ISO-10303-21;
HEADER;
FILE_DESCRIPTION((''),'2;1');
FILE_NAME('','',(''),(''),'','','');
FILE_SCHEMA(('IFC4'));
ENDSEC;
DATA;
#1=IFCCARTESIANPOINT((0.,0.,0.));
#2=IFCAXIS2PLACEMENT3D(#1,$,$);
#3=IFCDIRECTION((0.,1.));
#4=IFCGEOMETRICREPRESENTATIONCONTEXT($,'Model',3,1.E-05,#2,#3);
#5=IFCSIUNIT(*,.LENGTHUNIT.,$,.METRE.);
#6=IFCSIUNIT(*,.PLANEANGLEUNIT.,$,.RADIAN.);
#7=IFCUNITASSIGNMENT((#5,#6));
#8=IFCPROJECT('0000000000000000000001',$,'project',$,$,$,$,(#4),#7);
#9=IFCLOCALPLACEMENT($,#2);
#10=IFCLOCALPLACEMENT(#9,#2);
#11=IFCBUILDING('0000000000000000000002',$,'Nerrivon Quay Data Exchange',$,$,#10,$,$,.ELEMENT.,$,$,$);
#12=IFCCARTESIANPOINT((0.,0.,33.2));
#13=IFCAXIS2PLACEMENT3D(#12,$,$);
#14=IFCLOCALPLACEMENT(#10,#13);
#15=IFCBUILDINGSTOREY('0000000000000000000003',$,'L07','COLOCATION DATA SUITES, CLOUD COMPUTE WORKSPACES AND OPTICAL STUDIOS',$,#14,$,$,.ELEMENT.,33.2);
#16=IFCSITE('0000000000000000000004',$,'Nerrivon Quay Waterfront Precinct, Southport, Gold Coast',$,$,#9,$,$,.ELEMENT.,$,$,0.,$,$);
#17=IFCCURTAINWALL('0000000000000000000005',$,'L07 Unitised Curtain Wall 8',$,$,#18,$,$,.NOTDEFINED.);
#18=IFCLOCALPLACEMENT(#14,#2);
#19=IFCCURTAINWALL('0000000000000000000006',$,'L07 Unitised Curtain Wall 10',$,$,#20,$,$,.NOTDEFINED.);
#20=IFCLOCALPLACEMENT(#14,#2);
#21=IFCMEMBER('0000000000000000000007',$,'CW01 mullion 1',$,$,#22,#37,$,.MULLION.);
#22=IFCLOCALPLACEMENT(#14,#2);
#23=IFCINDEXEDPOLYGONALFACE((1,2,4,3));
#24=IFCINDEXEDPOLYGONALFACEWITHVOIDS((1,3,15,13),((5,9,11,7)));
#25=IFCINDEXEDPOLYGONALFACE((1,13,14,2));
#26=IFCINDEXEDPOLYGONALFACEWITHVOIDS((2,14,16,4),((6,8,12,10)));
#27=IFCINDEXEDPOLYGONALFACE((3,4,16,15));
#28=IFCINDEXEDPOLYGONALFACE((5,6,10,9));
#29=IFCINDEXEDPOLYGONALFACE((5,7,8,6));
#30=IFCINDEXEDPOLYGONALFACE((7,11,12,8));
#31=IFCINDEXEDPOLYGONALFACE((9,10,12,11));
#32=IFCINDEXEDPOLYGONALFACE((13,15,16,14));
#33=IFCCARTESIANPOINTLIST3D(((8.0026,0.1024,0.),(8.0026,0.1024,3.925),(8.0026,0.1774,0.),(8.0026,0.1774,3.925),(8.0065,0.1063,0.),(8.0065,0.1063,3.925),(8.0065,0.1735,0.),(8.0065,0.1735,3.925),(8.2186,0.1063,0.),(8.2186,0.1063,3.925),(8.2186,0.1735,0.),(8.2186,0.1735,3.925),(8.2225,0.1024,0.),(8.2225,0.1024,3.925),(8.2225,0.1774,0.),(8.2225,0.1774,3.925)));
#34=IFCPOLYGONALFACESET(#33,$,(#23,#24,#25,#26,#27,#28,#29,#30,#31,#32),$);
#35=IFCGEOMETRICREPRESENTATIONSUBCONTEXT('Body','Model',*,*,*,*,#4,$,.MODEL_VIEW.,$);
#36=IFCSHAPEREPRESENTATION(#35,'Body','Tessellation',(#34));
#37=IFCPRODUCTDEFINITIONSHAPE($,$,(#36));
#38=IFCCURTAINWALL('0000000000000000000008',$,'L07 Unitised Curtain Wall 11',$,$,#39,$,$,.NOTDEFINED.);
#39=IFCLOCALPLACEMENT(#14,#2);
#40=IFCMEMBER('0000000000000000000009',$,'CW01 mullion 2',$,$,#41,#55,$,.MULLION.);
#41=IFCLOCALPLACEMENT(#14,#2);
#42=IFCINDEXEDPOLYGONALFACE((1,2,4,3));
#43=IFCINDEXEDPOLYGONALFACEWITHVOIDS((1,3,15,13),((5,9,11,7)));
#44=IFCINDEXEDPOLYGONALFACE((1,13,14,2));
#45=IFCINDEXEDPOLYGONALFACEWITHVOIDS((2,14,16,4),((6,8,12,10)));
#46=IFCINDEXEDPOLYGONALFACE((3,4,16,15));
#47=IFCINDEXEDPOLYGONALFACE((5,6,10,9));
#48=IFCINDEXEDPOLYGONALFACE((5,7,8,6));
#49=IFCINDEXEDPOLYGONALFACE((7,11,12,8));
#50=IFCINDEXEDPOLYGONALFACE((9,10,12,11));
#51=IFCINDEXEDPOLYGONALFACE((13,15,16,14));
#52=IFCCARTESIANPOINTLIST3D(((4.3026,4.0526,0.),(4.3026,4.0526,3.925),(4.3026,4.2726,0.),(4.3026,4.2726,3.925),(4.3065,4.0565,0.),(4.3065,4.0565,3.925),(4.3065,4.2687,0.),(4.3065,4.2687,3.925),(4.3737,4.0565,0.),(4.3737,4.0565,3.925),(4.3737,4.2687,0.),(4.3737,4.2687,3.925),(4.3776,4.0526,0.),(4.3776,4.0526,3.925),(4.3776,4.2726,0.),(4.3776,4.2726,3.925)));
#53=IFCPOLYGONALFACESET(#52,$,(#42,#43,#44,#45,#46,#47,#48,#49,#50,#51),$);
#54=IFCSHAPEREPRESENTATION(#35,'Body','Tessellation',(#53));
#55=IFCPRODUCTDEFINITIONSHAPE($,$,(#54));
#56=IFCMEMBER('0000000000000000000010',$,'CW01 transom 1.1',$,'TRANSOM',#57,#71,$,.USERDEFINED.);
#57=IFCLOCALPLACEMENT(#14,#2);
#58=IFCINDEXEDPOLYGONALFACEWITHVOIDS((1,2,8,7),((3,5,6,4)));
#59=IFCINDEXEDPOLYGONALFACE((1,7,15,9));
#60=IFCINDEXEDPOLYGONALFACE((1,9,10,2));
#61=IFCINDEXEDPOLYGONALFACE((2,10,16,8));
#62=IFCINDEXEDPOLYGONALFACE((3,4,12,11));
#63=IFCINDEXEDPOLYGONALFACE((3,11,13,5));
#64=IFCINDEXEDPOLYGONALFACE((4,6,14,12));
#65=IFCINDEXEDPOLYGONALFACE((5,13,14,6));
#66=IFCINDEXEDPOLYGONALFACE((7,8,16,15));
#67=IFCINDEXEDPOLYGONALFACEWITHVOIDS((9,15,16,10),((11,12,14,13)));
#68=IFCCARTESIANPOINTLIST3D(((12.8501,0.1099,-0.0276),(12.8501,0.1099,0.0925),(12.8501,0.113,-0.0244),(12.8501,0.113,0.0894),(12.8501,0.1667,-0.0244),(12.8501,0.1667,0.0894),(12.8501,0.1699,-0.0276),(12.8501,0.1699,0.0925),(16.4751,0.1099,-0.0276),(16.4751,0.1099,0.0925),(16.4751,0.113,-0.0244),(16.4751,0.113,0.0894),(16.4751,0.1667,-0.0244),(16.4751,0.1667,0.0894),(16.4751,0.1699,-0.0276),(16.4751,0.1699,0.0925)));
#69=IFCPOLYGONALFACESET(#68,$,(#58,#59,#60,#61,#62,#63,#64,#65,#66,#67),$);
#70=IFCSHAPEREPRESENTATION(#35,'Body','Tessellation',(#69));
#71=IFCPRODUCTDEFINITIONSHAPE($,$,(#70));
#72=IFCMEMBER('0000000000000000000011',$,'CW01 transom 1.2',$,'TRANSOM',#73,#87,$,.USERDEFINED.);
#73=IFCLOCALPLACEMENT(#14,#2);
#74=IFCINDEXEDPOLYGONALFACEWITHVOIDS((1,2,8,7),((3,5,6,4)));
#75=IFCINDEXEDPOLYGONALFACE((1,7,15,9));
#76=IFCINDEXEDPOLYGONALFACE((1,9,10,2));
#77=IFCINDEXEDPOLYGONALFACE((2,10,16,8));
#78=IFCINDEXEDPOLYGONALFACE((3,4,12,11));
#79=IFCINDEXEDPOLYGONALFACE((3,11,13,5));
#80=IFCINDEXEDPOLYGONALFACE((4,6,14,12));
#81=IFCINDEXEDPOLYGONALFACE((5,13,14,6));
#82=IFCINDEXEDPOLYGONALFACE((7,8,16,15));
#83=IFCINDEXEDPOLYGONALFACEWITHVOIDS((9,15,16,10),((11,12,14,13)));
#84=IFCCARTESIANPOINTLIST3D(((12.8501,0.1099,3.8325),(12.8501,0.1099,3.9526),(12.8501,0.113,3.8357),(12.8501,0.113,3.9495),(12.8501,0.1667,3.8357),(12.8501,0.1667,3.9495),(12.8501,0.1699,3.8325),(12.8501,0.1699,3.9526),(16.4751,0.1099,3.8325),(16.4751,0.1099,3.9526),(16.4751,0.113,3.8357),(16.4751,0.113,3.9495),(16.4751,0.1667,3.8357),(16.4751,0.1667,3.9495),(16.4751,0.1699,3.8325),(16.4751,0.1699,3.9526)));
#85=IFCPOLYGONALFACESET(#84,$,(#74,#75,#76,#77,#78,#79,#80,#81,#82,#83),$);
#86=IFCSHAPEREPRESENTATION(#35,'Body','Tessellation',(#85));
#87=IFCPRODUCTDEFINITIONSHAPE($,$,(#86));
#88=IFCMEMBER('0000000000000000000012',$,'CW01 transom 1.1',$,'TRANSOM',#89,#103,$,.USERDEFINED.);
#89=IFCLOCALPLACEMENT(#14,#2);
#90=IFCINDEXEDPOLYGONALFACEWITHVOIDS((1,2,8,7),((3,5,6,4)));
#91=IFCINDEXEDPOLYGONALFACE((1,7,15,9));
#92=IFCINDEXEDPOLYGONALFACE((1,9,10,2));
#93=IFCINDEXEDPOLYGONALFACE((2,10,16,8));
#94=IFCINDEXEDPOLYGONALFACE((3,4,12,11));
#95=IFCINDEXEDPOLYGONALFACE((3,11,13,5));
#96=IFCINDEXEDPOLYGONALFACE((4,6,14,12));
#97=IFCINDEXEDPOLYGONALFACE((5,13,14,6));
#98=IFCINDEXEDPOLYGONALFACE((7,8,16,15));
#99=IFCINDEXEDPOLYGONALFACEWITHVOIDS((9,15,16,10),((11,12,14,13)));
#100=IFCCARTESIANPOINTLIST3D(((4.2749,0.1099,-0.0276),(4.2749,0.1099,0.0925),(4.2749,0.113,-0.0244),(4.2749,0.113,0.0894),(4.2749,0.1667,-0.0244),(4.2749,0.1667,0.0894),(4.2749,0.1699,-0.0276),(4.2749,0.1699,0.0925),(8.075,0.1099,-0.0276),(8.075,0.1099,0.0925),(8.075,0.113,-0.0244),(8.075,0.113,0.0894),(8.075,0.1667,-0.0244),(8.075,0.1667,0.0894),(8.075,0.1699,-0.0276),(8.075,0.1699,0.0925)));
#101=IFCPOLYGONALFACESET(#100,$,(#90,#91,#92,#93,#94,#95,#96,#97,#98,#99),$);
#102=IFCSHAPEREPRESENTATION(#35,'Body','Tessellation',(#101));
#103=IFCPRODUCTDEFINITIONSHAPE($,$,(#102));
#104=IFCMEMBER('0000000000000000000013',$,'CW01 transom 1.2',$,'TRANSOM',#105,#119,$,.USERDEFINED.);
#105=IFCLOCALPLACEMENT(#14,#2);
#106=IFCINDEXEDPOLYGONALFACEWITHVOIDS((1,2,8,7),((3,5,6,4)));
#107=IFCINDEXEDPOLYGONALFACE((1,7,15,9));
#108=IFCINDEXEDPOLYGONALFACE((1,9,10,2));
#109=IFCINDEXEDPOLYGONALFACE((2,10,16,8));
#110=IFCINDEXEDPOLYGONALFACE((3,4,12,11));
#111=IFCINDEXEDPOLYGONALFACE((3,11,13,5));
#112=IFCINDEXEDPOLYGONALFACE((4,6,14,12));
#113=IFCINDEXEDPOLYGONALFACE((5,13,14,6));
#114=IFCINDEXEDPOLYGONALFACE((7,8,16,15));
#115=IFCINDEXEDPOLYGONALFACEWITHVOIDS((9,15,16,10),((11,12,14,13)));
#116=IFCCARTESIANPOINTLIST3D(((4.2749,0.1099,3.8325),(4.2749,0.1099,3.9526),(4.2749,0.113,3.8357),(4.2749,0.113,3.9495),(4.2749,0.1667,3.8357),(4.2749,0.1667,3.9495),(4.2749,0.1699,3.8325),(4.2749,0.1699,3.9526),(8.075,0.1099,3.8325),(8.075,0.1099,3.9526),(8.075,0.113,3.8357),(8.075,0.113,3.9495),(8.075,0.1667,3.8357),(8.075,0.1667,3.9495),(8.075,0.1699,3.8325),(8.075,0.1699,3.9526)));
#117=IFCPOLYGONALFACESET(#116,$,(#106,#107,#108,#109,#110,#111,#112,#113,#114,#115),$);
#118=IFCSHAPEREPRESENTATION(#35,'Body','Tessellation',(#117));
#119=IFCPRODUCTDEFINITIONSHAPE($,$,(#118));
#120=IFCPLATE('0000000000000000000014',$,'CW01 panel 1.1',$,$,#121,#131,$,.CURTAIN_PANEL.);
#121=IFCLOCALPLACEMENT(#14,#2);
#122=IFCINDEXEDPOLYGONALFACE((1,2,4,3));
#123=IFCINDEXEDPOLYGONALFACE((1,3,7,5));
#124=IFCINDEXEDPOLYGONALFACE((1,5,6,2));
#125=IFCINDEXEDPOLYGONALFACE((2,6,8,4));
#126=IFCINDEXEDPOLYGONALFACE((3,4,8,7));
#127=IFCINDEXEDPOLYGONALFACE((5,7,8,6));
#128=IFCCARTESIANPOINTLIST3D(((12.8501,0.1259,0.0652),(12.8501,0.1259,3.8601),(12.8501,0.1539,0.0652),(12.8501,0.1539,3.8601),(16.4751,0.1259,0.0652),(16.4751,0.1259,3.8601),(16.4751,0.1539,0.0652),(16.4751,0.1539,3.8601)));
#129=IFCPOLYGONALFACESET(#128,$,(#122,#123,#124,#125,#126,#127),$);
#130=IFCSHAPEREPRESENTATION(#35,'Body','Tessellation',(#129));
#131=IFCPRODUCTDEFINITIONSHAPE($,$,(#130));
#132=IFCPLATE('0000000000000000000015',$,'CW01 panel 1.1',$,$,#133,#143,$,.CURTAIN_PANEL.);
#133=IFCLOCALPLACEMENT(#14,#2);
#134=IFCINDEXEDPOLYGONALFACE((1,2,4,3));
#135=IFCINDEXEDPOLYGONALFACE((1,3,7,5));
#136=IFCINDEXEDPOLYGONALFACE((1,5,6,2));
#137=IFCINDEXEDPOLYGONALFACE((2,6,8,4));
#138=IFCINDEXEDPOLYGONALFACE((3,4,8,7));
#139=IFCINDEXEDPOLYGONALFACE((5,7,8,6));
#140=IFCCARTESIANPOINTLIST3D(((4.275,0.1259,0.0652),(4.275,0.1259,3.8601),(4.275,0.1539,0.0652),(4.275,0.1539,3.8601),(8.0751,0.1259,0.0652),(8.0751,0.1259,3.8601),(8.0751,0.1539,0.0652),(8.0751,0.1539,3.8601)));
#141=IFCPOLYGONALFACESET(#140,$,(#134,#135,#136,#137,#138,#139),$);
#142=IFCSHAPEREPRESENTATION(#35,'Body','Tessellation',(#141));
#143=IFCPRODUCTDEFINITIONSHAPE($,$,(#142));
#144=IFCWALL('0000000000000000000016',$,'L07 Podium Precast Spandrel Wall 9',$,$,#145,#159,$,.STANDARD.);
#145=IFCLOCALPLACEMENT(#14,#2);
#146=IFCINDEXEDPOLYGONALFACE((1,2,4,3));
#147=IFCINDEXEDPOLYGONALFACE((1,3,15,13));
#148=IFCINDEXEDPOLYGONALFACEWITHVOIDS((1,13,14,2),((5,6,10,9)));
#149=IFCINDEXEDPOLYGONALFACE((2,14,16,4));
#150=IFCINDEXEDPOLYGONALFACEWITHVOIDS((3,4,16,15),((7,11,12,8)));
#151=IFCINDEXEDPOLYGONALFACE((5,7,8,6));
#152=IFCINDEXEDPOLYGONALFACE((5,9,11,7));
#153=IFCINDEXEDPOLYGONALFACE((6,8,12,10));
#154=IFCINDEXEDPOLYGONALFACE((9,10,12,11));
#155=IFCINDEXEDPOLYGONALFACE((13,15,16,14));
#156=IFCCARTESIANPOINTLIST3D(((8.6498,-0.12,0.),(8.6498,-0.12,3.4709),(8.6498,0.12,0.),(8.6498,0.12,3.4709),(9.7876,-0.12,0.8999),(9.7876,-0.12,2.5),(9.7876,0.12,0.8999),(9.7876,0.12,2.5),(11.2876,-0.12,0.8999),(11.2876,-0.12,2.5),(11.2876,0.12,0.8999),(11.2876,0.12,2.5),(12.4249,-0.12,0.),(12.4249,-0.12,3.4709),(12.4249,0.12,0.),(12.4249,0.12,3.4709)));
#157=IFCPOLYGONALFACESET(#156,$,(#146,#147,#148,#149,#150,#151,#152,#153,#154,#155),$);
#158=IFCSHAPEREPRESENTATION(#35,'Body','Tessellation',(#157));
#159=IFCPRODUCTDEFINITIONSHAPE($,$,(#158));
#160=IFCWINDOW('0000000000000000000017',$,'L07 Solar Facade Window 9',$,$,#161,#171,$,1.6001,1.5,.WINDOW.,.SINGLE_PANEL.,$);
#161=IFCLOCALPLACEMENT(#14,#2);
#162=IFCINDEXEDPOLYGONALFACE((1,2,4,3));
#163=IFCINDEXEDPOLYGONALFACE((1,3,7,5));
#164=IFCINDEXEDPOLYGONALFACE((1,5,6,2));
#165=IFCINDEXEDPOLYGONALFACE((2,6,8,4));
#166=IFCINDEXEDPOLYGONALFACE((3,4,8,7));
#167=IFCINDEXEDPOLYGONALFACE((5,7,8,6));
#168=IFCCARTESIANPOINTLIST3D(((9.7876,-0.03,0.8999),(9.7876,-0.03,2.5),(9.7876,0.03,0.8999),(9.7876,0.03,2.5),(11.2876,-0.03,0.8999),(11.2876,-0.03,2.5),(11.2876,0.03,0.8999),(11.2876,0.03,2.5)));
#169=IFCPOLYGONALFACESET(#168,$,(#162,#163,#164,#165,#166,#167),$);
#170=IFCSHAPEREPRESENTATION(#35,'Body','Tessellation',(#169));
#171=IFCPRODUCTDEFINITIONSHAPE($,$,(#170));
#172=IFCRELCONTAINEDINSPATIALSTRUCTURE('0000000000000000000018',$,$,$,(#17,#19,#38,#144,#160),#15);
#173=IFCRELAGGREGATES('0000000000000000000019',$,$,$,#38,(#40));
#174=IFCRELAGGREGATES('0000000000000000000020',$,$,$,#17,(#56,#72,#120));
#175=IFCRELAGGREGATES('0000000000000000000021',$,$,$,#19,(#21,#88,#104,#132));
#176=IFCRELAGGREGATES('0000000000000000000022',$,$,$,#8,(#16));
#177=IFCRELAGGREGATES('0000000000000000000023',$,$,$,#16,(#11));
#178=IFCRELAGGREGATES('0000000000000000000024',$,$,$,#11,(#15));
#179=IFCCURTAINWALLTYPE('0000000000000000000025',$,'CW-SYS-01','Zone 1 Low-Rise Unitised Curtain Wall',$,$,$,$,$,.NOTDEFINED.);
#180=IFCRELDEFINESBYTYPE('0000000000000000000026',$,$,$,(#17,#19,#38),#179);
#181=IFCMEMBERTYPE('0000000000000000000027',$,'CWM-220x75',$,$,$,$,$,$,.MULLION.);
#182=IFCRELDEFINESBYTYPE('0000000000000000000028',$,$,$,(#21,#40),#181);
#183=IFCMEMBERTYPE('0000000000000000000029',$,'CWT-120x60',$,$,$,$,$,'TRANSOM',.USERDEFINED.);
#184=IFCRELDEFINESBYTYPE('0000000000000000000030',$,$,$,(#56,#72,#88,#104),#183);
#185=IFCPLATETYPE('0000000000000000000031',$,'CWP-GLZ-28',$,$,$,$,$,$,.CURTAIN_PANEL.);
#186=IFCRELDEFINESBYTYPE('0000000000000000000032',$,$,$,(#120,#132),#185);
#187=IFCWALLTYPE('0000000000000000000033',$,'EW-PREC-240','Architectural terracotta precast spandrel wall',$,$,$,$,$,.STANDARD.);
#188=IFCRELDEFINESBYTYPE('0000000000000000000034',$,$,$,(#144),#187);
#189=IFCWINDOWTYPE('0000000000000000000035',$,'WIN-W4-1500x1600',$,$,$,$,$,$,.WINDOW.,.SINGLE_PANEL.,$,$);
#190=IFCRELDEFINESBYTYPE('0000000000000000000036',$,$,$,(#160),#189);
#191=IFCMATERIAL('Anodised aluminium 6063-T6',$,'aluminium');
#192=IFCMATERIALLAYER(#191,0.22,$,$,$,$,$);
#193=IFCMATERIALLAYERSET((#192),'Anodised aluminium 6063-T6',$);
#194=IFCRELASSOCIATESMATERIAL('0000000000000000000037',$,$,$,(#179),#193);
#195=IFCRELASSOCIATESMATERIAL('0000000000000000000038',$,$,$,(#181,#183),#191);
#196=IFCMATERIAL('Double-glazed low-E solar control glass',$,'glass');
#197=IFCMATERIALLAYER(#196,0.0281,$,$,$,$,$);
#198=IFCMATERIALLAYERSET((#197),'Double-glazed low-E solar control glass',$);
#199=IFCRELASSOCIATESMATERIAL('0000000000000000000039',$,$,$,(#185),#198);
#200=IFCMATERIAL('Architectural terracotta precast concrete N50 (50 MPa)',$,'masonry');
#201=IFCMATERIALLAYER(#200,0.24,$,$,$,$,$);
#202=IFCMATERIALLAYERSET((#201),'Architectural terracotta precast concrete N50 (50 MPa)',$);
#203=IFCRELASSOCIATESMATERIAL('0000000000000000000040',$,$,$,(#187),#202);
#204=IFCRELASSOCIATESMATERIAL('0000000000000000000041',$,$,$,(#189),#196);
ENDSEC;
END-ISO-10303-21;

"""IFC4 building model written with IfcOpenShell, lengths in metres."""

from ifc_helpers import new_model, si_unit, direction, frame, frame_2d, origin, origin_2d, place, context, subcontext, project, spatial, rectangle, hollow_rectangle, extrude, material, layer, layer_set, material_profile, profile_set, type_object, element, fill, aggregate, save


model = new_model("IFC4")

# Units and contexts
model_context = context("Model", 3, precision=1e-05, world=origin(), true_north=direction((0.0, 1.0)))
body_context = subcontext(model_context, "Body", "Model", "MODEL_VIEW")
ifc_project = project(units=[si_unit("LENGTHUNIT", "METRE"), si_unit("PLANEANGLEUNIT", "RADIAN")], contexts=[model_context])

# Site, building, storey
site_placement = place(None, origin())
site = spatial("IfcSite", under=ifc_project, at=site_placement, Name="Nerrivon Quay Waterfront Precinct, Southport, Gold Coast", CompositionType="ELEMENT", RefElevation=0.0)
building_placement = place(site_placement, origin())
building = spatial("IfcBuilding", under=site, at=building_placement, Name="Nerrivon Quay Data Exchange", CompositionType="ELEMENT")
storey_placement = place(building_placement, frame((0.0, 0.0, 33.2)))
storey = spatial("IfcBuildingStorey", under=building, at=storey_placement, Name="L07", Description="COLOCATION DATA SUITES, CLOUD COMPUTE WORKSPACES AND OPTICAL STUDIOS", CompositionType="ELEMENT", Elevation=33.2)

# Curtain wall
ifc_material_1 = material(Name="Anodised aluminium 6063-T6", Category="aluminium")
ifc_layer_1 = layer(ifc_material_1, 0.22)
ifc_layer_set_1 = layer_set([ifc_layer_1], Name="Anodised aluminium 6063-T6")
curtain_wall_type = type_object("IfcCurtainWallType", Name="CW-SYS-01", Description="Zone 1 Low-Rise Unitised Curtain Wall", PredefinedType="NOTDEFINED", material=ifc_layer_set_1)
curtain_wall_1_placement = place(storey_placement, origin())
curtain_wall_1 = element("IfcCurtainWall", 1, at=curtain_wall_1_placement, inside=storey, type_object=curtain_wall_type, Name="L07 Unitised Curtain Wall 8", PredefinedType="NOTDEFINED")
ifc_material_profile_1 = material_profile(ifc_material_1, hollow_rectangle(XDim=0.075, YDim=0.22, WallThickness=0.0039, at=origin_2d()), Name="ALU-MULL-220x75")
ifc_profile_set_1 = profile_set([ifc_material_profile_1], Name="Anodised aluminium 6063-T6")
member_type_1 = type_object("IfcMemberType", Name="CWM-220x75", PredefinedType="MULLION", material=ifc_profile_set_1)

# Curtain walls, members
curtain_wall_2_placement = place(storey_placement, origin())
curtain_wall_2 = element("IfcCurtainWall", 2, at=curtain_wall_2_placement, inside=storey, type_object=curtain_wall_type, Name="L07 Unitised Curtain Wall 10", PredefinedType="NOTDEFINED")
member_1_placement = place(storey_placement, frame((8.1125, 0.1399, 0.0), z_axis=(0.0, 0.0, 1.0), x_axis=(0.0, -1.0, 0.0)))
member_1 = element("IfcMember", 3, at=member_1_placement, type_object=member_type_1, Name="CW01 mullion 1", PredefinedType="MULLION", context=body_context, shape_type="SweptSolid", body=[
    extrude(hollow_rectangle(XDim=0.075, YDim=0.22, WallThickness=0.0039, at=origin_2d()), origin(), (0.0, 0.0, 1.0), 3.925),
])
curtain_wall_3_placement = place(storey_placement, origin())
curtain_wall_3 = element("IfcCurtainWall", 4, at=curtain_wall_3_placement, inside=storey, type_object=curtain_wall_type, Name="L07 Unitised Curtain Wall 11", PredefinedType="NOTDEFINED")
member_2_placement = place(storey_placement, frame((4.3401, 4.1626, 0.0), z_axis=(0.0, 0.0, 1.0), x_axis=(-1.0, 0.0, 0.0)))
member_2 = element("IfcMember", 5, at=member_2_placement, type_object=member_type_1, Name="CW01 mullion 2", PredefinedType="MULLION", context=body_context, shape_type="SweptSolid", body=[
    extrude(hollow_rectangle(XDim=0.075, YDim=0.22, WallThickness=0.0039, at=origin_2d()), origin(), (0.0, 0.0, 1.0), 3.925),
])
aggregate(curtain_wall_3, [member_2])

# Members
ifc_material_profile_2 = material_profile(ifc_material_1, hollow_rectangle(XDim=0.0601, YDim=0.1201, WallThickness=0.0032, at=origin_2d()), Name="ALU-TRAN-120x60")
ifc_profile_set_2 = profile_set([ifc_material_profile_2], Name="Anodised aluminium 6063-T6")
member_type_2 = type_object("IfcMemberType", Name="CWT-120x60", ElementType="TRANSOM", PredefinedType="USERDEFINED", material=ifc_profile_set_2)
member_3_placement = place(storey_placement, frame((16.4751, 0.1399, 0.0325), z_axis=(-1.0, 0.0, 0.0), x_axis=(0.0, -1.0, 0.0)))
member_3 = element("IfcMember", 6, at=member_3_placement, type_object=member_type_2, Name="CW01 transom 1.1", ObjectType="TRANSOM", PredefinedType="USERDEFINED", context=body_context, shape_type="SweptSolid", body=[
    extrude(hollow_rectangle(XDim=0.0601, YDim=0.1201, WallThickness=0.0032, at=origin_2d()), origin(), (0.0, 0.0, 1.0), 3.625),
])
member_4_placement = place(storey_placement, frame((16.4751, 0.1399, 3.8926), z_axis=(-1.0, 0.0, 0.0), x_axis=(0.0, -1.0, 0.0)))
member_4 = element("IfcMember", 7, at=member_4_placement, type_object=member_type_2, Name="CW01 transom 1.2", ObjectType="TRANSOM", PredefinedType="USERDEFINED", context=body_context, shape_type="SweptSolid", body=[
    extrude(hollow_rectangle(XDim=0.0601, YDim=0.1201, WallThickness=0.0032, at=origin_2d()), origin(), (0.0, 0.0, 1.0), 3.625),
])
member_5_placement = place(storey_placement, frame((8.075, 0.1399, 0.0325), z_axis=(-1.0, 0.0, 0.0), x_axis=(0.0, -1.0, 0.0)))
member_5 = element("IfcMember", 8, at=member_5_placement, type_object=member_type_2, Name="CW01 transom 1.1", ObjectType="TRANSOM", PredefinedType="USERDEFINED", context=body_context, shape_type="SweptSolid", body=[
    extrude(hollow_rectangle(XDim=0.0601, YDim=0.1201, WallThickness=0.0032, at=origin_2d()), origin(), (0.0, 0.0, 1.0), 3.8),
])
member_6_placement = place(storey_placement, frame((8.075, 0.1399, 3.8926), z_axis=(-1.0, 0.0, 0.0), x_axis=(0.0, -1.0, 0.0)))
member_6 = element("IfcMember", 9, at=member_6_placement, type_object=member_type_2, Name="CW01 transom 1.2", ObjectType="TRANSOM", PredefinedType="USERDEFINED", context=body_context, shape_type="SweptSolid", body=[
    extrude(hollow_rectangle(XDim=0.0601, YDim=0.1201, WallThickness=0.0032, at=origin_2d()), origin(), (0.0, 0.0, 1.0), 3.8),
])

# Plates
ifc_material_2 = material(Name="Double-glazed low-E solar control glass", Category="glass")
ifc_layer_2 = layer(ifc_material_2, 0.0281)
ifc_layer_set_2 = layer_set([ifc_layer_2], Name="Double-glazed low-E solar control glass")
plate_type = type_object("IfcPlateType", Name="CWP-GLZ-28", PredefinedType="CURTAIN_PANEL", material=ifc_layer_set_2)
plate_1_placement = place(storey_placement, frame((14.6626, 0.1399, 0.0652), z_axis=(0.0, 0.0, 1.0), x_axis=(-1.0, 0.0, 0.0)))
plate_1 = element("IfcPlate", 10, at=plate_1_placement, type_object=plate_type, Name="CW01 panel 1.1", PredefinedType="CURTAIN_PANEL", context=body_context, shape_type="SweptSolid", body=[
    extrude(rectangle(XDim=3.625, YDim=0.0281, at=origin_2d()), origin(), (0.0, 0.0, 1.0), 3.7949),
])
aggregate(curtain_wall_1, [member_3, member_4, plate_1])
plate_2_placement = place(storey_placement, frame((6.175, 0.1399, 0.0652), z_axis=(0.0, 0.0, 1.0), x_axis=(-1.0, 0.0, 0.0)))
plate_2 = element("IfcPlate", 11, at=plate_2_placement, type_object=plate_type, Name="CW01 panel 1.1", PredefinedType="CURTAIN_PANEL", context=body_context, shape_type="SweptSolid", body=[
    extrude(rectangle(XDim=3.8, YDim=0.0281, at=origin_2d()), origin(), (0.0, 0.0, 1.0), 3.7949),
])
aggregate(curtain_wall_2, [member_1, member_5, member_6, plate_2])

# Wall, opening, window
ifc_material_3 = material(Name="Architectural terracotta precast concrete N50 (50 MPa)", Category="masonry")
ifc_layer_3 = layer(ifc_material_3, 0.24)
ifc_layer_set_3 = layer_set([ifc_layer_3], Name="Architectural terracotta precast concrete N50 (50 MPa)")
wall_type_1 = type_object("IfcWallType", Name="EW-PREC-240", Description="Architectural terracotta precast spandrel wall", PredefinedType="STANDARD", material=ifc_layer_set_3)
wall_1_placement = place(storey_placement, frame((12.425, 0.0, 0.0), z_axis=(0.0, 0.0, 1.0), x_axis=(-1.0, 0.0, 0.0)))
wall_1 = element("IfcWall", 12, at=wall_1_placement, inside=storey, type_object=wall_type_1, Name="L07 Podium Precast Spandrel Wall 9", PredefinedType="STANDARD", context=body_context, shape_type="SweptSolid", body=[
    extrude(rectangle(XDim=3.7751, YDim=0.24, at=frame_2d((1.8877, 0.0))), origin(), (0.0, 0.0, 1.0), 3.4709),
])
opening_1_placement = place(wall_1_placement, frame((1.1375, 0.0, 0.8999)))
opening_1 = element("IfcOpeningElement", 13, at=opening_1_placement, cuts=wall_1, PredefinedType="OPENING", context=body_context, shape_type="SweptSolid", body=[
    extrude(rectangle(XDim=1.5, YDim=1.6001, at=frame_2d((0.75, 0.8))), frame((0.0, 0.1299, 0.0), z_axis=(0.0, -1.0, 0.0), x_axis=(1.0, 0.0, 0.0)), (0.0, 0.0, 1.0), 0.26),
])
window_type = type_object("IfcWindowType", Name="WIN-W4-1500x1600", PartitioningType="SINGLE_PANEL", PredefinedType="WINDOW", material=ifc_material_2)
window_placement = place(opening_1_placement, origin())
window = element("IfcWindow", 14, at=window_placement, inside=storey, type_object=window_type, Name="L07 Solar Facade Window 9", OverallHeight=1.6001, OverallWidth=1.5, PartitioningType="SINGLE_PANEL", PredefinedType="WINDOW", context=body_context, shape_type="SweptSolid", body=[
    extrude(rectangle(XDim=1.5, YDim=1.6001, at=frame_2d((0.75, 0.8))), frame((0.0, 0.03, 0.0), z_axis=(0.0, -1.0, 0.0), x_axis=(1.0, 0.0, 0.0)), (0.0, 0.0, 1.0), 0.0601),
])
fill(opening_1, window)

save(model, "model.ifc")
